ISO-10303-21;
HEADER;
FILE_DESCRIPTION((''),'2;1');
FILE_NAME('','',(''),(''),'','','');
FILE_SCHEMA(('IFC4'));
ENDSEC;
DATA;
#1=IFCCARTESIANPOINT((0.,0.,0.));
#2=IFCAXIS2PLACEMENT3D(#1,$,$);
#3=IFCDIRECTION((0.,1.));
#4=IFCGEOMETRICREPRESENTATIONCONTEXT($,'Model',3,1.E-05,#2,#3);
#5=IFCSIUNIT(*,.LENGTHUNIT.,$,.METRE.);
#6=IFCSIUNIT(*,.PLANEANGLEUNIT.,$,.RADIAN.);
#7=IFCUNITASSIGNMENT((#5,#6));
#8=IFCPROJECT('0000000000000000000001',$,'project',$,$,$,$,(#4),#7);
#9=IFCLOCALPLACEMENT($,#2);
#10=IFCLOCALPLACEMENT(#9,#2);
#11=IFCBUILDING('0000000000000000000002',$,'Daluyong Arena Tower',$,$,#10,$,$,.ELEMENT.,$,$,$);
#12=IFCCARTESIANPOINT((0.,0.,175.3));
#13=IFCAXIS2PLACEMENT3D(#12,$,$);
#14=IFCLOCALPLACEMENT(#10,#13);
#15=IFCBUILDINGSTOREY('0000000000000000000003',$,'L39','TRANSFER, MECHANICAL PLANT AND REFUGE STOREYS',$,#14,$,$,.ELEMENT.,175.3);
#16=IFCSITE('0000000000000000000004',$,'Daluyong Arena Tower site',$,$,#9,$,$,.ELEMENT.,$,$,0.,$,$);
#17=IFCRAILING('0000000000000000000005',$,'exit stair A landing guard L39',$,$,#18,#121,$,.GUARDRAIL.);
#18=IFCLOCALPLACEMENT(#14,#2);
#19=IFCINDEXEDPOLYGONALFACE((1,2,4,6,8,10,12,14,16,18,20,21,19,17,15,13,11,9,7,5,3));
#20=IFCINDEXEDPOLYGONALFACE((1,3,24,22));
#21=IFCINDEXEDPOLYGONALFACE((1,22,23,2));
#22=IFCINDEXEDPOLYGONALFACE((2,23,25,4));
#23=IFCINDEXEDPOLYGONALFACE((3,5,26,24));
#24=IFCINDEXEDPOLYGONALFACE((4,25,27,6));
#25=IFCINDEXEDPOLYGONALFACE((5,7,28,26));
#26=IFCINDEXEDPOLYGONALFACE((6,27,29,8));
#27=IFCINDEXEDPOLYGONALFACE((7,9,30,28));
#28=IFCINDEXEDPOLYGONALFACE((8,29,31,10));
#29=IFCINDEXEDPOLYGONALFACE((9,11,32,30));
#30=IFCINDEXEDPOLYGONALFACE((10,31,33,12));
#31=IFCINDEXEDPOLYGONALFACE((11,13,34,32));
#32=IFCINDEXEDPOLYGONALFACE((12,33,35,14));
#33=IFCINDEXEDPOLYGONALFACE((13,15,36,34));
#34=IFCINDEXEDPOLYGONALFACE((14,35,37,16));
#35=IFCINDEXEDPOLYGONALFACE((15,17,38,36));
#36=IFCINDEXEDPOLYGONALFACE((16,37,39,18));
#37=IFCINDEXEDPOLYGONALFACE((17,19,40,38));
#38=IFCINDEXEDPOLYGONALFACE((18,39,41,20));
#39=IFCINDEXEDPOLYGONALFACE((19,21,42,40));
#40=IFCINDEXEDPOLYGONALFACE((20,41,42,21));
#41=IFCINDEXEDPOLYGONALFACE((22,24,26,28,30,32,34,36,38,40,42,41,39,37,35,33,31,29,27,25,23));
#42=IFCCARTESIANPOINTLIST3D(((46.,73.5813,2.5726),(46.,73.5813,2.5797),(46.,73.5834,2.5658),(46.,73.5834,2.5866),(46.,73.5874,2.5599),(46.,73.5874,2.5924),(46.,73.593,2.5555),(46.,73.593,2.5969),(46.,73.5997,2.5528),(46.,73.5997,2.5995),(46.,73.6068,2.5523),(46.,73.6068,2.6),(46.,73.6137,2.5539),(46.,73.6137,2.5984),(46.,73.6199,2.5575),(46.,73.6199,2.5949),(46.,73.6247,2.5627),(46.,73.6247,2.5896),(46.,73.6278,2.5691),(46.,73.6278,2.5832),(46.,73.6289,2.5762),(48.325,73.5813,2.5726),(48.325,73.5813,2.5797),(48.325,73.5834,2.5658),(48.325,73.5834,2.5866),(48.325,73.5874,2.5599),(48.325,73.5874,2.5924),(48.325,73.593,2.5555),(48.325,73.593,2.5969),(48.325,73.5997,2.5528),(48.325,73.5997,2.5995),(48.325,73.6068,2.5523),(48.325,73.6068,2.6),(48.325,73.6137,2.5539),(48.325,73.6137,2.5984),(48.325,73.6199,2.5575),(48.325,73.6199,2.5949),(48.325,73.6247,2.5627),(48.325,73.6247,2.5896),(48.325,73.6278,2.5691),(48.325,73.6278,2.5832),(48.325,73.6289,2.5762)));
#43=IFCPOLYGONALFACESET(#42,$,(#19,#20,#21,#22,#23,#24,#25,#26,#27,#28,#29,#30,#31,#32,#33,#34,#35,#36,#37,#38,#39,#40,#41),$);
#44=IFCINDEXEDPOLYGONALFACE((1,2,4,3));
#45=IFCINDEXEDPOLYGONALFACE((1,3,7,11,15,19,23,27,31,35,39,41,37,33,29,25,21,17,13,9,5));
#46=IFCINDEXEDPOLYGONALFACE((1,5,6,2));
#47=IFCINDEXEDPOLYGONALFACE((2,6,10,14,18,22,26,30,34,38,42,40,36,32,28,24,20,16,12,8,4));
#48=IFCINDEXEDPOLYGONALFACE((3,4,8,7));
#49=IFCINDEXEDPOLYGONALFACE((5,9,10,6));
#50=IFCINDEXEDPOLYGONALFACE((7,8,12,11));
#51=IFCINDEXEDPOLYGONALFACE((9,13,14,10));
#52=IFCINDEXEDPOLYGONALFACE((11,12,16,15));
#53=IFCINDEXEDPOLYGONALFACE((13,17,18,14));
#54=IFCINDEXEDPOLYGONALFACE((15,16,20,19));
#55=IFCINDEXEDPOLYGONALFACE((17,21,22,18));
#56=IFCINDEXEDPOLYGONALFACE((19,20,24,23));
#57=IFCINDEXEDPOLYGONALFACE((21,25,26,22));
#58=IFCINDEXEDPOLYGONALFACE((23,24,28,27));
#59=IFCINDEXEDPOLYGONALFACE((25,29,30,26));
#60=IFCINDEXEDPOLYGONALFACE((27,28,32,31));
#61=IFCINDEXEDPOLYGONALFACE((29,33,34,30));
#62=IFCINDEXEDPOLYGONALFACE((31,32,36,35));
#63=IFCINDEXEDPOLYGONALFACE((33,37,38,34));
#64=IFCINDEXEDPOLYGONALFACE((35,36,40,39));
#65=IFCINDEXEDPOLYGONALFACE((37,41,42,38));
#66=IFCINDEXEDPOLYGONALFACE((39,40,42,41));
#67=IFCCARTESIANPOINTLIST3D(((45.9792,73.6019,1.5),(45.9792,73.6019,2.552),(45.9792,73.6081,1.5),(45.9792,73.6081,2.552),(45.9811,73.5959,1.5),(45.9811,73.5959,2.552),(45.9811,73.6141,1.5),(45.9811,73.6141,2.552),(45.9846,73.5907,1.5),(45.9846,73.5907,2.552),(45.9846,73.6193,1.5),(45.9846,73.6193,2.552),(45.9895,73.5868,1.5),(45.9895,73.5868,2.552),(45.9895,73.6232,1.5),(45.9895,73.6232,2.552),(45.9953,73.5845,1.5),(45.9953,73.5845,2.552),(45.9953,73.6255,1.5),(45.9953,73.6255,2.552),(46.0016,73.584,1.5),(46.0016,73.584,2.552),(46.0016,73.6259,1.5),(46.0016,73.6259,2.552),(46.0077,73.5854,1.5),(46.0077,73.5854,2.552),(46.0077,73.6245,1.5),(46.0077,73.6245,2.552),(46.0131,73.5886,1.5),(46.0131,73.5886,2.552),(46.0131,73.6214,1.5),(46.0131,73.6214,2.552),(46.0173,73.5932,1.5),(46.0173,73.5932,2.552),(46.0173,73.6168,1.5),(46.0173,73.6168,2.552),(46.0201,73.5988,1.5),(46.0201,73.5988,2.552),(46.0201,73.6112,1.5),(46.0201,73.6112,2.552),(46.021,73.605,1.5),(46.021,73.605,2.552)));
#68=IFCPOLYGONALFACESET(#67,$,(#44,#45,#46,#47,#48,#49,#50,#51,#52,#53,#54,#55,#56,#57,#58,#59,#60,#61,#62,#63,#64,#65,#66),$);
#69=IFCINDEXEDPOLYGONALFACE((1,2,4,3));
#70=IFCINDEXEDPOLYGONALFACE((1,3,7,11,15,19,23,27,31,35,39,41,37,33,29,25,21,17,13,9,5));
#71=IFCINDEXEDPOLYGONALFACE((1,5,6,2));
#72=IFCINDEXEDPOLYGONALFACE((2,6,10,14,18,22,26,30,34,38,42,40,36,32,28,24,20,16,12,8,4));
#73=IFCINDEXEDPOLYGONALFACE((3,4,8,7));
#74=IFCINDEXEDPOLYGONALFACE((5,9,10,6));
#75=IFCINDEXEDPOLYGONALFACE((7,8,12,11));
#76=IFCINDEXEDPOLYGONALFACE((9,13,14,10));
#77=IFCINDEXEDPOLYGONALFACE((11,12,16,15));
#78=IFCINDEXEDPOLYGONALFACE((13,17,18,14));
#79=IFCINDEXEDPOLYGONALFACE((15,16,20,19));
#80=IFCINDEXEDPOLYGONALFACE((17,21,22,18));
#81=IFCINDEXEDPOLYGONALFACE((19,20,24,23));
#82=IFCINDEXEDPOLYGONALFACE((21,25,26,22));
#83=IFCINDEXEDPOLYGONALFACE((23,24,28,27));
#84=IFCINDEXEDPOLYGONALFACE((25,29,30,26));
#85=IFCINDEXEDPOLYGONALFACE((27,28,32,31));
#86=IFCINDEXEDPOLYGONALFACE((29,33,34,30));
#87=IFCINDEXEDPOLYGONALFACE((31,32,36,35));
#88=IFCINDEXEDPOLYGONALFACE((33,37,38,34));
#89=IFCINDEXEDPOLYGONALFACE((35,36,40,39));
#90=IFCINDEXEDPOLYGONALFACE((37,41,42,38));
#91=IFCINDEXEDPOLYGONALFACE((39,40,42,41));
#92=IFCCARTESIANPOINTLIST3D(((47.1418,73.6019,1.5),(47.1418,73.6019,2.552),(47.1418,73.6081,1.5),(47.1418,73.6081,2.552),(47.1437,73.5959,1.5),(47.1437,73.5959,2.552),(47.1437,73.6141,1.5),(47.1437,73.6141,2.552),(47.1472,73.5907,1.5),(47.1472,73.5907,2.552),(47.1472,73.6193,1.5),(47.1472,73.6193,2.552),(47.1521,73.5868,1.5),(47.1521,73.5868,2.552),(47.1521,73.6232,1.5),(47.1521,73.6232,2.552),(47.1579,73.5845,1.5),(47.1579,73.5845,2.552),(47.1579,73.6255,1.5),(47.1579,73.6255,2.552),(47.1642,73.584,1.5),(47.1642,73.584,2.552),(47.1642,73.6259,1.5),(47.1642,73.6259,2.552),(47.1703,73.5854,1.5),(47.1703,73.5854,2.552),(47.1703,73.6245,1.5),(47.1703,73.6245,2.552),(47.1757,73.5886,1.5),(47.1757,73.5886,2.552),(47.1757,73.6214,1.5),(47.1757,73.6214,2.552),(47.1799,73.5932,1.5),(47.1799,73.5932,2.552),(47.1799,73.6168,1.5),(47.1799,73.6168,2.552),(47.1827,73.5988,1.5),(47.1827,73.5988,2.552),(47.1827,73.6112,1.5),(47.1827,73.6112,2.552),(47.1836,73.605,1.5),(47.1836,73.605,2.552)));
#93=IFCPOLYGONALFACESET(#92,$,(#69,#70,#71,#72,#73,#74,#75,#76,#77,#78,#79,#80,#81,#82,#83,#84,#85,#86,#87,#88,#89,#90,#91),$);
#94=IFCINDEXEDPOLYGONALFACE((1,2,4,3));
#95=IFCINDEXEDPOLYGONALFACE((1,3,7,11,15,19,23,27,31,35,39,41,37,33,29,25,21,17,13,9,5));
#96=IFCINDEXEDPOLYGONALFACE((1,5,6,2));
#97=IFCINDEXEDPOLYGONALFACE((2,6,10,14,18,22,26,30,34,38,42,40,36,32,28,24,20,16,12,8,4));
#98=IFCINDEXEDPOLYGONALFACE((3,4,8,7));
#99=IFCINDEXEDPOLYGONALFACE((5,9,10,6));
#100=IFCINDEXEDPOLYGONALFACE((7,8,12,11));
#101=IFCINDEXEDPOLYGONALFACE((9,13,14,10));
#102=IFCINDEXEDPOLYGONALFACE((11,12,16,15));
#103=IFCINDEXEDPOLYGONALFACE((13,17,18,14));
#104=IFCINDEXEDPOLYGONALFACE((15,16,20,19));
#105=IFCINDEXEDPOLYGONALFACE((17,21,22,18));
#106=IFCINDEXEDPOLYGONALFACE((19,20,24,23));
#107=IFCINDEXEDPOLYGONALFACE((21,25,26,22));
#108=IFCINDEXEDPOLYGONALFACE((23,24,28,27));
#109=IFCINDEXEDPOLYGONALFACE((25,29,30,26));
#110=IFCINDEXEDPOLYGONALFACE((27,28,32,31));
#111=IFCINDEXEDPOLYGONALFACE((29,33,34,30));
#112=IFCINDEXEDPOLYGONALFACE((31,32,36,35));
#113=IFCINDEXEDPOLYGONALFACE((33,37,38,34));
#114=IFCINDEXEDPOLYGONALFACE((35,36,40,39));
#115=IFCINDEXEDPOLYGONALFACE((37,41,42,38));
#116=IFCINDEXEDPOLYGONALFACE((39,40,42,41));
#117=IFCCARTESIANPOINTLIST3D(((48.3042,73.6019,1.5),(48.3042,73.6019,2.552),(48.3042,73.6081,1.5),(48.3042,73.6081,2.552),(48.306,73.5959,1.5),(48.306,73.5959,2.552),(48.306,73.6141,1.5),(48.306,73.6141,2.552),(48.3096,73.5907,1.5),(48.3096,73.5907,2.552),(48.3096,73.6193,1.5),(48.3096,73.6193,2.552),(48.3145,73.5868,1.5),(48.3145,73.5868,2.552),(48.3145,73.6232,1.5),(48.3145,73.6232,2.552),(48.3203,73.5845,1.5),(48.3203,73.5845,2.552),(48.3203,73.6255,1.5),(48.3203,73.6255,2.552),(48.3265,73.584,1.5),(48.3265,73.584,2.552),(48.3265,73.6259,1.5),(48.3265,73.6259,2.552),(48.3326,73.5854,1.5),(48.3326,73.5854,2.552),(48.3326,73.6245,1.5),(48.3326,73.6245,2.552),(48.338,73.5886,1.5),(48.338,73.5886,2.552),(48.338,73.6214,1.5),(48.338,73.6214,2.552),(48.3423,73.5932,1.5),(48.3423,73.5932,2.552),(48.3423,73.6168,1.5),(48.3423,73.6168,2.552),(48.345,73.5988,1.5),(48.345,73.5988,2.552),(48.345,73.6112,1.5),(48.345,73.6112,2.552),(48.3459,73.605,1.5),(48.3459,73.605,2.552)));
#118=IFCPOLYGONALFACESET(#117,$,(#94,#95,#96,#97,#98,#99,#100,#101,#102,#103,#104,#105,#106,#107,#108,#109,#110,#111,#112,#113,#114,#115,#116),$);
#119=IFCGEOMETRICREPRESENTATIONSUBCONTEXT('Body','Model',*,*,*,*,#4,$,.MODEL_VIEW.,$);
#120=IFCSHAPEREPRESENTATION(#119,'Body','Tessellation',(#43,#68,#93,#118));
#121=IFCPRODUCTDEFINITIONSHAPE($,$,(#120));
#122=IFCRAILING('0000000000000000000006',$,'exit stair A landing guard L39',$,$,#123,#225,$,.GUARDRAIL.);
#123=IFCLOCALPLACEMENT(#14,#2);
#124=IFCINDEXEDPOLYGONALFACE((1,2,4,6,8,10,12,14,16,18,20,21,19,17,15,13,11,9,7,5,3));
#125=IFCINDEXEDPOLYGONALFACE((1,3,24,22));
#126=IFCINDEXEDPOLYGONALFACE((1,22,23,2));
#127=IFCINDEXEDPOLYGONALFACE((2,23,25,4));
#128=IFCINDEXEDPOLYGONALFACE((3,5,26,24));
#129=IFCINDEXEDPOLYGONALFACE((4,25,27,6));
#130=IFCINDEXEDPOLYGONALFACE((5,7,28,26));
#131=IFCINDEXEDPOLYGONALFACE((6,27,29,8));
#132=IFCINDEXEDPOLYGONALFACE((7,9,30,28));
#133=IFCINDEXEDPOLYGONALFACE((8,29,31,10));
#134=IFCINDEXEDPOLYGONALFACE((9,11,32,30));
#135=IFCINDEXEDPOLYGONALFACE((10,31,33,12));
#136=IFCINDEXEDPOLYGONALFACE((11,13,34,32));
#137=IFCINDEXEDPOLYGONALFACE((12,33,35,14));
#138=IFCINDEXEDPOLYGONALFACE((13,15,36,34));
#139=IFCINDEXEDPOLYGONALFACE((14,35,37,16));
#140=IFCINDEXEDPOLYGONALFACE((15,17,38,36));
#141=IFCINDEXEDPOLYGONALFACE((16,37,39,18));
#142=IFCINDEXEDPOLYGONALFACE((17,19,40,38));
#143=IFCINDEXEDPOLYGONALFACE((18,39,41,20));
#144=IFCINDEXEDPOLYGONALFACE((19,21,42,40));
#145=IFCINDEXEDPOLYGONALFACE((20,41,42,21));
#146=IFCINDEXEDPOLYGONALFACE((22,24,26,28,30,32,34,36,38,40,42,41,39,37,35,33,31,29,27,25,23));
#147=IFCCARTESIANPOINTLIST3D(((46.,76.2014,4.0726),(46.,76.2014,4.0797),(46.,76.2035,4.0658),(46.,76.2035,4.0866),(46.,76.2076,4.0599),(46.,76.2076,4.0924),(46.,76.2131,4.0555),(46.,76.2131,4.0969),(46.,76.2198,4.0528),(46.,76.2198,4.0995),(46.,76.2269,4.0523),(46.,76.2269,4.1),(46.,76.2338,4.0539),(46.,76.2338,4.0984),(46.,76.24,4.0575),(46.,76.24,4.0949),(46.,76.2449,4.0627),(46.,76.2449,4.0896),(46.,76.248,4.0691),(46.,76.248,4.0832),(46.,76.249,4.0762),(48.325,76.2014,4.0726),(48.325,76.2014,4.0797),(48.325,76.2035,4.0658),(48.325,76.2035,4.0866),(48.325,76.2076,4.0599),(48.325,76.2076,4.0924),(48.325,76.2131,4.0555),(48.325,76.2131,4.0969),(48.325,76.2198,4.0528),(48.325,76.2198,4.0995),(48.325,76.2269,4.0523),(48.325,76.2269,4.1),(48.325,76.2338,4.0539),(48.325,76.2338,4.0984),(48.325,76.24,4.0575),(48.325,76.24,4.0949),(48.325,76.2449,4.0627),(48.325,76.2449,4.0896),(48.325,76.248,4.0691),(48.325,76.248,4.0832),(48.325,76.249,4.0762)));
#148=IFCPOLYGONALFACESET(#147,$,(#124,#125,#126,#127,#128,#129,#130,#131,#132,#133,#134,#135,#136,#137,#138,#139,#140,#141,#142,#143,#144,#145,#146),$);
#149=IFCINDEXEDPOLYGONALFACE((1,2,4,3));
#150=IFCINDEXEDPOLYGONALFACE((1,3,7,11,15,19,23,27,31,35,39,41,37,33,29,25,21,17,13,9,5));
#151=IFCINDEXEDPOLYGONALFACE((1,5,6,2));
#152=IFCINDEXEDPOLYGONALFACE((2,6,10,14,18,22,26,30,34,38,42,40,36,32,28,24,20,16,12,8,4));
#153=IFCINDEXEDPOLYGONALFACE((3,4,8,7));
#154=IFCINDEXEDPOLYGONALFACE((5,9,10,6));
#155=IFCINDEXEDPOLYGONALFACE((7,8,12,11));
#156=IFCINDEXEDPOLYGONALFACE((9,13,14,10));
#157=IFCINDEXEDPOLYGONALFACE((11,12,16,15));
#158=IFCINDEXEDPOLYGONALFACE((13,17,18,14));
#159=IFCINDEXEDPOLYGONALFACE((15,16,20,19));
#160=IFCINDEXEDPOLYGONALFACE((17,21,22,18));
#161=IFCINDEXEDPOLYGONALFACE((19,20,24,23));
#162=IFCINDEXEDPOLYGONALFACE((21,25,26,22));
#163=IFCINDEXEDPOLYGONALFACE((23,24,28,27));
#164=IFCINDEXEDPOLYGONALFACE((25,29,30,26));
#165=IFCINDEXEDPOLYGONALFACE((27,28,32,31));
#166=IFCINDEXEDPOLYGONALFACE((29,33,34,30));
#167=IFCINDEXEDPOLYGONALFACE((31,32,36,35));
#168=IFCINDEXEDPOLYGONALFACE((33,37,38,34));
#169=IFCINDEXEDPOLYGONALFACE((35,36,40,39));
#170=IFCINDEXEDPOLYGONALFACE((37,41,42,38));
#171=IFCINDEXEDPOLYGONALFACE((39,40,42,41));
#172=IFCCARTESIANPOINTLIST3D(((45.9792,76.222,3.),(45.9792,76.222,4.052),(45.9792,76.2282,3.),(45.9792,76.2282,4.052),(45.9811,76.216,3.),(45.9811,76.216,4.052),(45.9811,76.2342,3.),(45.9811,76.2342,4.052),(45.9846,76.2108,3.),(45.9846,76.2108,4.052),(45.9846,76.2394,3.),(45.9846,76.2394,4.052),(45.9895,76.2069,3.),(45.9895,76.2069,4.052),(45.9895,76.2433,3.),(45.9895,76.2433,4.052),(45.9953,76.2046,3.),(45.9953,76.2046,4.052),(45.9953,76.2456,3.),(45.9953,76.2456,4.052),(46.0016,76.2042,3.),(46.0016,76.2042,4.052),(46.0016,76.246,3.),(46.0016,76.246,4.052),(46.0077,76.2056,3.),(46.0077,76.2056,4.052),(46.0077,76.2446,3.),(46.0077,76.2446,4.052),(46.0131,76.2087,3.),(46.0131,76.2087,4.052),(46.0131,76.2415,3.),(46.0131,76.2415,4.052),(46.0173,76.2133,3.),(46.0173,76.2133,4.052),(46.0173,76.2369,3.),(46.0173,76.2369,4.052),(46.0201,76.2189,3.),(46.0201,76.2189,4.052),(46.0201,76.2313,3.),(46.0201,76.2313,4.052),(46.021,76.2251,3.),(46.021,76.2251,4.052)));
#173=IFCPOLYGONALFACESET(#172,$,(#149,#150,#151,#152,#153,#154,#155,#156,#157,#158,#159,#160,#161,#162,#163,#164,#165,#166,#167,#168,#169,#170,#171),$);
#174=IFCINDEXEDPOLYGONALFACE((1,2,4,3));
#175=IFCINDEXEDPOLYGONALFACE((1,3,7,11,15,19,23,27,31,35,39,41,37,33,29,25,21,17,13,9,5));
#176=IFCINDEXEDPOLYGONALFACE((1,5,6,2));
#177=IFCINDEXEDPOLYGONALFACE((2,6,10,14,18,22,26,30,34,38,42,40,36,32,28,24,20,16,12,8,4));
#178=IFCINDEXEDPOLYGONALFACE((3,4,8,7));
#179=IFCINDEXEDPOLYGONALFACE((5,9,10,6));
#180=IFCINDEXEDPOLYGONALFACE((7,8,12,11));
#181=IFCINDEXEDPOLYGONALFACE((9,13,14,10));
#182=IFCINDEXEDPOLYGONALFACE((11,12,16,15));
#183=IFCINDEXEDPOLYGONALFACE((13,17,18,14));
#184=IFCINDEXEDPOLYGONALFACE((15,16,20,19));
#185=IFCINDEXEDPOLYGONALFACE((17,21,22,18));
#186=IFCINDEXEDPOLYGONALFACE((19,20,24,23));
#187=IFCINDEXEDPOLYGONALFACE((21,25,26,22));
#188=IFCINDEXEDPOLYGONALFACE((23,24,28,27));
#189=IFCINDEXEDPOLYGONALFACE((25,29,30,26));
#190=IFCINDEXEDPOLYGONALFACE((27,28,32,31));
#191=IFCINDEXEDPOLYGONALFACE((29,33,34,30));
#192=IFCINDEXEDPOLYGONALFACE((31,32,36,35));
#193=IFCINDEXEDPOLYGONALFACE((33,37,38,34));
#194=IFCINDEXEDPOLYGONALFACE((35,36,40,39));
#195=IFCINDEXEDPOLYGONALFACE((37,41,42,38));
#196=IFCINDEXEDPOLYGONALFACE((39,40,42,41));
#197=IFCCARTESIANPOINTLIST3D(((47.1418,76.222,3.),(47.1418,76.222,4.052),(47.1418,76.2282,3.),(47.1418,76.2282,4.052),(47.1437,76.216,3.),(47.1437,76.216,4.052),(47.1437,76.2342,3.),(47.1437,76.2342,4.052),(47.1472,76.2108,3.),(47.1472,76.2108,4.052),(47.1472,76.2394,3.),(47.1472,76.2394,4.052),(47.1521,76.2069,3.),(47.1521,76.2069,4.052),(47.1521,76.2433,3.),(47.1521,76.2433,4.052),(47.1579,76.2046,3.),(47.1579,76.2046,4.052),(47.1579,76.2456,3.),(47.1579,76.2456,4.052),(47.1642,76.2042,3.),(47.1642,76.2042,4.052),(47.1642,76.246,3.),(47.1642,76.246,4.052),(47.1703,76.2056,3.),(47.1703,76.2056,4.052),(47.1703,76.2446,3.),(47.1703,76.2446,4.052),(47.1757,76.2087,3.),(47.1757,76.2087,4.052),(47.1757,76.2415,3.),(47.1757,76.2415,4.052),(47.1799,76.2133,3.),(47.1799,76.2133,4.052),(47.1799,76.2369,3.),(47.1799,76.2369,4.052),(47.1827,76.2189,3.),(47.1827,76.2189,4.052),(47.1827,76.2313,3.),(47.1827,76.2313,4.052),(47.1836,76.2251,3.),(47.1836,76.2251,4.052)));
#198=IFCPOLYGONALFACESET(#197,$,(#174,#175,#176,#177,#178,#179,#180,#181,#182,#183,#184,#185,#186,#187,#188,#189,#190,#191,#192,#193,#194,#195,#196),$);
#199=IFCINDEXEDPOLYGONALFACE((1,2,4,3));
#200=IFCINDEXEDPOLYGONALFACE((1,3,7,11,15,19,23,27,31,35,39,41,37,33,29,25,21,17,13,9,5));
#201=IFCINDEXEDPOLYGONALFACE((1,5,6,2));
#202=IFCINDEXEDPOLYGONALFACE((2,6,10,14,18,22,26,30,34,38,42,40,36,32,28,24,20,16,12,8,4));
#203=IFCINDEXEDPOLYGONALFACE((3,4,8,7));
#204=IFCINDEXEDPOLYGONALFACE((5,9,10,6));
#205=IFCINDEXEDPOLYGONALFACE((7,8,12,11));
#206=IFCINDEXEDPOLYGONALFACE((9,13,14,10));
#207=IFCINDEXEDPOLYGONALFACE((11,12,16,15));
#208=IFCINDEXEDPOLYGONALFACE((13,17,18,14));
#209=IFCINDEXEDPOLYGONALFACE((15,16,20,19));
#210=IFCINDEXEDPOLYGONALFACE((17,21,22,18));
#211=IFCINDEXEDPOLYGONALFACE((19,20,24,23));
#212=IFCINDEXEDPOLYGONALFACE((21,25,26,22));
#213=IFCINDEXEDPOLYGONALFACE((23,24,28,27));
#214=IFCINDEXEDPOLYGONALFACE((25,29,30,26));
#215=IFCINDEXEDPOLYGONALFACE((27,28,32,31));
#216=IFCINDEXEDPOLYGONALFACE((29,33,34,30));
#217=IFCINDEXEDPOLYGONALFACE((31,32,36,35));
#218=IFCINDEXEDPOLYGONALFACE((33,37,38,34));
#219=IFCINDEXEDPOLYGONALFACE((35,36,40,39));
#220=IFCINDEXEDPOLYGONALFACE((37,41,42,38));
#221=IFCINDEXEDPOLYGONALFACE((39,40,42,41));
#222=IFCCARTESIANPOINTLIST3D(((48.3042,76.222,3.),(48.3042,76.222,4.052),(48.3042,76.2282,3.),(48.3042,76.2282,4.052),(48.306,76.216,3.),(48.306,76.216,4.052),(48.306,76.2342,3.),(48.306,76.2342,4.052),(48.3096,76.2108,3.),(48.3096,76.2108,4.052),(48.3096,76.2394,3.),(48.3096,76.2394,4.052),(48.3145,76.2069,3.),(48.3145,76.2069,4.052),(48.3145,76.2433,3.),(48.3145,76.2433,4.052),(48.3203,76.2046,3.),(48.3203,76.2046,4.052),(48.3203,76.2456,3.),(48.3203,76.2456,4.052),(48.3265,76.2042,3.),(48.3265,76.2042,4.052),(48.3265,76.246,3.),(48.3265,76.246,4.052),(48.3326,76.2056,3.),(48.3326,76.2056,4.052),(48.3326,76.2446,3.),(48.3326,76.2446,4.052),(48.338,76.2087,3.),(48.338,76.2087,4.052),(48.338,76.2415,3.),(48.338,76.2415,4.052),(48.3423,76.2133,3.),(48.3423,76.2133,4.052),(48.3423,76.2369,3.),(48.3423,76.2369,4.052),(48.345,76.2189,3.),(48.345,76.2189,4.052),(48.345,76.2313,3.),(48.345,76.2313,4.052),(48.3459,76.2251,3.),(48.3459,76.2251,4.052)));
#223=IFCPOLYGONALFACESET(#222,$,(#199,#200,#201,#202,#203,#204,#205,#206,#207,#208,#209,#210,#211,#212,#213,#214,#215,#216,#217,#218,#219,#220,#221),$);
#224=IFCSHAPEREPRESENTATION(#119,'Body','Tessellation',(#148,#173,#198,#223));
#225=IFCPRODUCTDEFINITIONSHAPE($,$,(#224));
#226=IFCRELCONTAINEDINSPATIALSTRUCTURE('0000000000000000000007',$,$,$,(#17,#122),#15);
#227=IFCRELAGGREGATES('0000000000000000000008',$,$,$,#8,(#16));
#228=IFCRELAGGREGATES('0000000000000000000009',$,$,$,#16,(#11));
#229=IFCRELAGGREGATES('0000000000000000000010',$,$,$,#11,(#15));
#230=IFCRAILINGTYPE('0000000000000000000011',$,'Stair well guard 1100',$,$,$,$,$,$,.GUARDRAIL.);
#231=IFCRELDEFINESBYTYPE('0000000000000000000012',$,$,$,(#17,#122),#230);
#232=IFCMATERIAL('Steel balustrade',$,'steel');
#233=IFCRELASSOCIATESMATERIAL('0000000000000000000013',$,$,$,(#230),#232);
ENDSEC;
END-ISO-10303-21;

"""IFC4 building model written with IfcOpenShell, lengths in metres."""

from ifc_helpers import new_model, si_unit, direction, frame, origin, origin_2d, place, context, subcontext, project, spatial, circle, extrude, material, type_object, element, save


model = new_model("IFC4")

# Units and contexts
model_context = context("Model", 3, precision=1e-05, world=origin(), true_north=direction((0.0, 1.0)))
body_context = subcontext(model_context, "Body", "Model", "MODEL_VIEW")
ifc_project = project(units=[si_unit("LENGTHUNIT", "METRE"), si_unit("PLANEANGLEUNIT", "RADIAN")], contexts=[model_context])

# Site, building, storey
site_placement = place(None, origin())
site = spatial("IfcSite", under=ifc_project, at=site_placement, Name="Daluyong Arena Tower site", CompositionType="ELEMENT", RefElevation=0.0)
building_placement = place(site_placement, origin())
building = spatial("IfcBuilding", under=site, at=building_placement, Name="Daluyong Arena Tower", CompositionType="ELEMENT")
storey_placement = place(building_placement, frame((0.0, 0.0, 175.3)))
storey = spatial("IfcBuildingStorey", under=building, at=storey_placement, Name="L39", Description="TRANSFER, MECHANICAL PLANT AND REFUGE STOREYS", CompositionType="ELEMENT", Elevation=175.3)

# Railings
ifc_material_1 = material(Name="Steel balustrade", Category="steel")
railing_type_1 = type_object("IfcRailingType", Name="Stair well guard 1100", PredefinedType="GUARDRAIL", material=ifc_material_1)
for number, where, name in (
    (1, (46.0, 73.605, 1.5), "exit stair A landing guard L39"),
    (2, (46.0, 76.2251, 3.0), "exit stair A landing guard L39"),
):
    element("IfcRailing", number, at=place(storey_placement, frame(where)), inside=storey, type_object=railing_type_1, Name=name, PredefinedType="GUARDRAIL", context=body_context, shape_type="SweptSolid", body=[
        extrude(circle(Radius=0.0239, at=origin_2d()), frame((0.0, 0.0, 1.0762), z_axis=(1.0, 0.0, 0.0), x_axis=(0.0, 1.0, 0.0)), (0.0, 0.0, 1.0), 2.325),
        extrude(circle(Radius=0.021, at=origin_2d()), origin(), (0.0, 0.0, 1.0), 1.052),
        extrude(circle(Radius=0.021, at=origin_2d()), frame((1.1626, 0.0, 0.0)), (0.0, 0.0, 1.0), 1.052),
        extrude(circle(Radius=0.021, at=origin_2d()), frame((2.325, 0.0, 0.0)), (0.0, 0.0, 1.0), 1.052),
    ])

save(model, "model.ifc")
